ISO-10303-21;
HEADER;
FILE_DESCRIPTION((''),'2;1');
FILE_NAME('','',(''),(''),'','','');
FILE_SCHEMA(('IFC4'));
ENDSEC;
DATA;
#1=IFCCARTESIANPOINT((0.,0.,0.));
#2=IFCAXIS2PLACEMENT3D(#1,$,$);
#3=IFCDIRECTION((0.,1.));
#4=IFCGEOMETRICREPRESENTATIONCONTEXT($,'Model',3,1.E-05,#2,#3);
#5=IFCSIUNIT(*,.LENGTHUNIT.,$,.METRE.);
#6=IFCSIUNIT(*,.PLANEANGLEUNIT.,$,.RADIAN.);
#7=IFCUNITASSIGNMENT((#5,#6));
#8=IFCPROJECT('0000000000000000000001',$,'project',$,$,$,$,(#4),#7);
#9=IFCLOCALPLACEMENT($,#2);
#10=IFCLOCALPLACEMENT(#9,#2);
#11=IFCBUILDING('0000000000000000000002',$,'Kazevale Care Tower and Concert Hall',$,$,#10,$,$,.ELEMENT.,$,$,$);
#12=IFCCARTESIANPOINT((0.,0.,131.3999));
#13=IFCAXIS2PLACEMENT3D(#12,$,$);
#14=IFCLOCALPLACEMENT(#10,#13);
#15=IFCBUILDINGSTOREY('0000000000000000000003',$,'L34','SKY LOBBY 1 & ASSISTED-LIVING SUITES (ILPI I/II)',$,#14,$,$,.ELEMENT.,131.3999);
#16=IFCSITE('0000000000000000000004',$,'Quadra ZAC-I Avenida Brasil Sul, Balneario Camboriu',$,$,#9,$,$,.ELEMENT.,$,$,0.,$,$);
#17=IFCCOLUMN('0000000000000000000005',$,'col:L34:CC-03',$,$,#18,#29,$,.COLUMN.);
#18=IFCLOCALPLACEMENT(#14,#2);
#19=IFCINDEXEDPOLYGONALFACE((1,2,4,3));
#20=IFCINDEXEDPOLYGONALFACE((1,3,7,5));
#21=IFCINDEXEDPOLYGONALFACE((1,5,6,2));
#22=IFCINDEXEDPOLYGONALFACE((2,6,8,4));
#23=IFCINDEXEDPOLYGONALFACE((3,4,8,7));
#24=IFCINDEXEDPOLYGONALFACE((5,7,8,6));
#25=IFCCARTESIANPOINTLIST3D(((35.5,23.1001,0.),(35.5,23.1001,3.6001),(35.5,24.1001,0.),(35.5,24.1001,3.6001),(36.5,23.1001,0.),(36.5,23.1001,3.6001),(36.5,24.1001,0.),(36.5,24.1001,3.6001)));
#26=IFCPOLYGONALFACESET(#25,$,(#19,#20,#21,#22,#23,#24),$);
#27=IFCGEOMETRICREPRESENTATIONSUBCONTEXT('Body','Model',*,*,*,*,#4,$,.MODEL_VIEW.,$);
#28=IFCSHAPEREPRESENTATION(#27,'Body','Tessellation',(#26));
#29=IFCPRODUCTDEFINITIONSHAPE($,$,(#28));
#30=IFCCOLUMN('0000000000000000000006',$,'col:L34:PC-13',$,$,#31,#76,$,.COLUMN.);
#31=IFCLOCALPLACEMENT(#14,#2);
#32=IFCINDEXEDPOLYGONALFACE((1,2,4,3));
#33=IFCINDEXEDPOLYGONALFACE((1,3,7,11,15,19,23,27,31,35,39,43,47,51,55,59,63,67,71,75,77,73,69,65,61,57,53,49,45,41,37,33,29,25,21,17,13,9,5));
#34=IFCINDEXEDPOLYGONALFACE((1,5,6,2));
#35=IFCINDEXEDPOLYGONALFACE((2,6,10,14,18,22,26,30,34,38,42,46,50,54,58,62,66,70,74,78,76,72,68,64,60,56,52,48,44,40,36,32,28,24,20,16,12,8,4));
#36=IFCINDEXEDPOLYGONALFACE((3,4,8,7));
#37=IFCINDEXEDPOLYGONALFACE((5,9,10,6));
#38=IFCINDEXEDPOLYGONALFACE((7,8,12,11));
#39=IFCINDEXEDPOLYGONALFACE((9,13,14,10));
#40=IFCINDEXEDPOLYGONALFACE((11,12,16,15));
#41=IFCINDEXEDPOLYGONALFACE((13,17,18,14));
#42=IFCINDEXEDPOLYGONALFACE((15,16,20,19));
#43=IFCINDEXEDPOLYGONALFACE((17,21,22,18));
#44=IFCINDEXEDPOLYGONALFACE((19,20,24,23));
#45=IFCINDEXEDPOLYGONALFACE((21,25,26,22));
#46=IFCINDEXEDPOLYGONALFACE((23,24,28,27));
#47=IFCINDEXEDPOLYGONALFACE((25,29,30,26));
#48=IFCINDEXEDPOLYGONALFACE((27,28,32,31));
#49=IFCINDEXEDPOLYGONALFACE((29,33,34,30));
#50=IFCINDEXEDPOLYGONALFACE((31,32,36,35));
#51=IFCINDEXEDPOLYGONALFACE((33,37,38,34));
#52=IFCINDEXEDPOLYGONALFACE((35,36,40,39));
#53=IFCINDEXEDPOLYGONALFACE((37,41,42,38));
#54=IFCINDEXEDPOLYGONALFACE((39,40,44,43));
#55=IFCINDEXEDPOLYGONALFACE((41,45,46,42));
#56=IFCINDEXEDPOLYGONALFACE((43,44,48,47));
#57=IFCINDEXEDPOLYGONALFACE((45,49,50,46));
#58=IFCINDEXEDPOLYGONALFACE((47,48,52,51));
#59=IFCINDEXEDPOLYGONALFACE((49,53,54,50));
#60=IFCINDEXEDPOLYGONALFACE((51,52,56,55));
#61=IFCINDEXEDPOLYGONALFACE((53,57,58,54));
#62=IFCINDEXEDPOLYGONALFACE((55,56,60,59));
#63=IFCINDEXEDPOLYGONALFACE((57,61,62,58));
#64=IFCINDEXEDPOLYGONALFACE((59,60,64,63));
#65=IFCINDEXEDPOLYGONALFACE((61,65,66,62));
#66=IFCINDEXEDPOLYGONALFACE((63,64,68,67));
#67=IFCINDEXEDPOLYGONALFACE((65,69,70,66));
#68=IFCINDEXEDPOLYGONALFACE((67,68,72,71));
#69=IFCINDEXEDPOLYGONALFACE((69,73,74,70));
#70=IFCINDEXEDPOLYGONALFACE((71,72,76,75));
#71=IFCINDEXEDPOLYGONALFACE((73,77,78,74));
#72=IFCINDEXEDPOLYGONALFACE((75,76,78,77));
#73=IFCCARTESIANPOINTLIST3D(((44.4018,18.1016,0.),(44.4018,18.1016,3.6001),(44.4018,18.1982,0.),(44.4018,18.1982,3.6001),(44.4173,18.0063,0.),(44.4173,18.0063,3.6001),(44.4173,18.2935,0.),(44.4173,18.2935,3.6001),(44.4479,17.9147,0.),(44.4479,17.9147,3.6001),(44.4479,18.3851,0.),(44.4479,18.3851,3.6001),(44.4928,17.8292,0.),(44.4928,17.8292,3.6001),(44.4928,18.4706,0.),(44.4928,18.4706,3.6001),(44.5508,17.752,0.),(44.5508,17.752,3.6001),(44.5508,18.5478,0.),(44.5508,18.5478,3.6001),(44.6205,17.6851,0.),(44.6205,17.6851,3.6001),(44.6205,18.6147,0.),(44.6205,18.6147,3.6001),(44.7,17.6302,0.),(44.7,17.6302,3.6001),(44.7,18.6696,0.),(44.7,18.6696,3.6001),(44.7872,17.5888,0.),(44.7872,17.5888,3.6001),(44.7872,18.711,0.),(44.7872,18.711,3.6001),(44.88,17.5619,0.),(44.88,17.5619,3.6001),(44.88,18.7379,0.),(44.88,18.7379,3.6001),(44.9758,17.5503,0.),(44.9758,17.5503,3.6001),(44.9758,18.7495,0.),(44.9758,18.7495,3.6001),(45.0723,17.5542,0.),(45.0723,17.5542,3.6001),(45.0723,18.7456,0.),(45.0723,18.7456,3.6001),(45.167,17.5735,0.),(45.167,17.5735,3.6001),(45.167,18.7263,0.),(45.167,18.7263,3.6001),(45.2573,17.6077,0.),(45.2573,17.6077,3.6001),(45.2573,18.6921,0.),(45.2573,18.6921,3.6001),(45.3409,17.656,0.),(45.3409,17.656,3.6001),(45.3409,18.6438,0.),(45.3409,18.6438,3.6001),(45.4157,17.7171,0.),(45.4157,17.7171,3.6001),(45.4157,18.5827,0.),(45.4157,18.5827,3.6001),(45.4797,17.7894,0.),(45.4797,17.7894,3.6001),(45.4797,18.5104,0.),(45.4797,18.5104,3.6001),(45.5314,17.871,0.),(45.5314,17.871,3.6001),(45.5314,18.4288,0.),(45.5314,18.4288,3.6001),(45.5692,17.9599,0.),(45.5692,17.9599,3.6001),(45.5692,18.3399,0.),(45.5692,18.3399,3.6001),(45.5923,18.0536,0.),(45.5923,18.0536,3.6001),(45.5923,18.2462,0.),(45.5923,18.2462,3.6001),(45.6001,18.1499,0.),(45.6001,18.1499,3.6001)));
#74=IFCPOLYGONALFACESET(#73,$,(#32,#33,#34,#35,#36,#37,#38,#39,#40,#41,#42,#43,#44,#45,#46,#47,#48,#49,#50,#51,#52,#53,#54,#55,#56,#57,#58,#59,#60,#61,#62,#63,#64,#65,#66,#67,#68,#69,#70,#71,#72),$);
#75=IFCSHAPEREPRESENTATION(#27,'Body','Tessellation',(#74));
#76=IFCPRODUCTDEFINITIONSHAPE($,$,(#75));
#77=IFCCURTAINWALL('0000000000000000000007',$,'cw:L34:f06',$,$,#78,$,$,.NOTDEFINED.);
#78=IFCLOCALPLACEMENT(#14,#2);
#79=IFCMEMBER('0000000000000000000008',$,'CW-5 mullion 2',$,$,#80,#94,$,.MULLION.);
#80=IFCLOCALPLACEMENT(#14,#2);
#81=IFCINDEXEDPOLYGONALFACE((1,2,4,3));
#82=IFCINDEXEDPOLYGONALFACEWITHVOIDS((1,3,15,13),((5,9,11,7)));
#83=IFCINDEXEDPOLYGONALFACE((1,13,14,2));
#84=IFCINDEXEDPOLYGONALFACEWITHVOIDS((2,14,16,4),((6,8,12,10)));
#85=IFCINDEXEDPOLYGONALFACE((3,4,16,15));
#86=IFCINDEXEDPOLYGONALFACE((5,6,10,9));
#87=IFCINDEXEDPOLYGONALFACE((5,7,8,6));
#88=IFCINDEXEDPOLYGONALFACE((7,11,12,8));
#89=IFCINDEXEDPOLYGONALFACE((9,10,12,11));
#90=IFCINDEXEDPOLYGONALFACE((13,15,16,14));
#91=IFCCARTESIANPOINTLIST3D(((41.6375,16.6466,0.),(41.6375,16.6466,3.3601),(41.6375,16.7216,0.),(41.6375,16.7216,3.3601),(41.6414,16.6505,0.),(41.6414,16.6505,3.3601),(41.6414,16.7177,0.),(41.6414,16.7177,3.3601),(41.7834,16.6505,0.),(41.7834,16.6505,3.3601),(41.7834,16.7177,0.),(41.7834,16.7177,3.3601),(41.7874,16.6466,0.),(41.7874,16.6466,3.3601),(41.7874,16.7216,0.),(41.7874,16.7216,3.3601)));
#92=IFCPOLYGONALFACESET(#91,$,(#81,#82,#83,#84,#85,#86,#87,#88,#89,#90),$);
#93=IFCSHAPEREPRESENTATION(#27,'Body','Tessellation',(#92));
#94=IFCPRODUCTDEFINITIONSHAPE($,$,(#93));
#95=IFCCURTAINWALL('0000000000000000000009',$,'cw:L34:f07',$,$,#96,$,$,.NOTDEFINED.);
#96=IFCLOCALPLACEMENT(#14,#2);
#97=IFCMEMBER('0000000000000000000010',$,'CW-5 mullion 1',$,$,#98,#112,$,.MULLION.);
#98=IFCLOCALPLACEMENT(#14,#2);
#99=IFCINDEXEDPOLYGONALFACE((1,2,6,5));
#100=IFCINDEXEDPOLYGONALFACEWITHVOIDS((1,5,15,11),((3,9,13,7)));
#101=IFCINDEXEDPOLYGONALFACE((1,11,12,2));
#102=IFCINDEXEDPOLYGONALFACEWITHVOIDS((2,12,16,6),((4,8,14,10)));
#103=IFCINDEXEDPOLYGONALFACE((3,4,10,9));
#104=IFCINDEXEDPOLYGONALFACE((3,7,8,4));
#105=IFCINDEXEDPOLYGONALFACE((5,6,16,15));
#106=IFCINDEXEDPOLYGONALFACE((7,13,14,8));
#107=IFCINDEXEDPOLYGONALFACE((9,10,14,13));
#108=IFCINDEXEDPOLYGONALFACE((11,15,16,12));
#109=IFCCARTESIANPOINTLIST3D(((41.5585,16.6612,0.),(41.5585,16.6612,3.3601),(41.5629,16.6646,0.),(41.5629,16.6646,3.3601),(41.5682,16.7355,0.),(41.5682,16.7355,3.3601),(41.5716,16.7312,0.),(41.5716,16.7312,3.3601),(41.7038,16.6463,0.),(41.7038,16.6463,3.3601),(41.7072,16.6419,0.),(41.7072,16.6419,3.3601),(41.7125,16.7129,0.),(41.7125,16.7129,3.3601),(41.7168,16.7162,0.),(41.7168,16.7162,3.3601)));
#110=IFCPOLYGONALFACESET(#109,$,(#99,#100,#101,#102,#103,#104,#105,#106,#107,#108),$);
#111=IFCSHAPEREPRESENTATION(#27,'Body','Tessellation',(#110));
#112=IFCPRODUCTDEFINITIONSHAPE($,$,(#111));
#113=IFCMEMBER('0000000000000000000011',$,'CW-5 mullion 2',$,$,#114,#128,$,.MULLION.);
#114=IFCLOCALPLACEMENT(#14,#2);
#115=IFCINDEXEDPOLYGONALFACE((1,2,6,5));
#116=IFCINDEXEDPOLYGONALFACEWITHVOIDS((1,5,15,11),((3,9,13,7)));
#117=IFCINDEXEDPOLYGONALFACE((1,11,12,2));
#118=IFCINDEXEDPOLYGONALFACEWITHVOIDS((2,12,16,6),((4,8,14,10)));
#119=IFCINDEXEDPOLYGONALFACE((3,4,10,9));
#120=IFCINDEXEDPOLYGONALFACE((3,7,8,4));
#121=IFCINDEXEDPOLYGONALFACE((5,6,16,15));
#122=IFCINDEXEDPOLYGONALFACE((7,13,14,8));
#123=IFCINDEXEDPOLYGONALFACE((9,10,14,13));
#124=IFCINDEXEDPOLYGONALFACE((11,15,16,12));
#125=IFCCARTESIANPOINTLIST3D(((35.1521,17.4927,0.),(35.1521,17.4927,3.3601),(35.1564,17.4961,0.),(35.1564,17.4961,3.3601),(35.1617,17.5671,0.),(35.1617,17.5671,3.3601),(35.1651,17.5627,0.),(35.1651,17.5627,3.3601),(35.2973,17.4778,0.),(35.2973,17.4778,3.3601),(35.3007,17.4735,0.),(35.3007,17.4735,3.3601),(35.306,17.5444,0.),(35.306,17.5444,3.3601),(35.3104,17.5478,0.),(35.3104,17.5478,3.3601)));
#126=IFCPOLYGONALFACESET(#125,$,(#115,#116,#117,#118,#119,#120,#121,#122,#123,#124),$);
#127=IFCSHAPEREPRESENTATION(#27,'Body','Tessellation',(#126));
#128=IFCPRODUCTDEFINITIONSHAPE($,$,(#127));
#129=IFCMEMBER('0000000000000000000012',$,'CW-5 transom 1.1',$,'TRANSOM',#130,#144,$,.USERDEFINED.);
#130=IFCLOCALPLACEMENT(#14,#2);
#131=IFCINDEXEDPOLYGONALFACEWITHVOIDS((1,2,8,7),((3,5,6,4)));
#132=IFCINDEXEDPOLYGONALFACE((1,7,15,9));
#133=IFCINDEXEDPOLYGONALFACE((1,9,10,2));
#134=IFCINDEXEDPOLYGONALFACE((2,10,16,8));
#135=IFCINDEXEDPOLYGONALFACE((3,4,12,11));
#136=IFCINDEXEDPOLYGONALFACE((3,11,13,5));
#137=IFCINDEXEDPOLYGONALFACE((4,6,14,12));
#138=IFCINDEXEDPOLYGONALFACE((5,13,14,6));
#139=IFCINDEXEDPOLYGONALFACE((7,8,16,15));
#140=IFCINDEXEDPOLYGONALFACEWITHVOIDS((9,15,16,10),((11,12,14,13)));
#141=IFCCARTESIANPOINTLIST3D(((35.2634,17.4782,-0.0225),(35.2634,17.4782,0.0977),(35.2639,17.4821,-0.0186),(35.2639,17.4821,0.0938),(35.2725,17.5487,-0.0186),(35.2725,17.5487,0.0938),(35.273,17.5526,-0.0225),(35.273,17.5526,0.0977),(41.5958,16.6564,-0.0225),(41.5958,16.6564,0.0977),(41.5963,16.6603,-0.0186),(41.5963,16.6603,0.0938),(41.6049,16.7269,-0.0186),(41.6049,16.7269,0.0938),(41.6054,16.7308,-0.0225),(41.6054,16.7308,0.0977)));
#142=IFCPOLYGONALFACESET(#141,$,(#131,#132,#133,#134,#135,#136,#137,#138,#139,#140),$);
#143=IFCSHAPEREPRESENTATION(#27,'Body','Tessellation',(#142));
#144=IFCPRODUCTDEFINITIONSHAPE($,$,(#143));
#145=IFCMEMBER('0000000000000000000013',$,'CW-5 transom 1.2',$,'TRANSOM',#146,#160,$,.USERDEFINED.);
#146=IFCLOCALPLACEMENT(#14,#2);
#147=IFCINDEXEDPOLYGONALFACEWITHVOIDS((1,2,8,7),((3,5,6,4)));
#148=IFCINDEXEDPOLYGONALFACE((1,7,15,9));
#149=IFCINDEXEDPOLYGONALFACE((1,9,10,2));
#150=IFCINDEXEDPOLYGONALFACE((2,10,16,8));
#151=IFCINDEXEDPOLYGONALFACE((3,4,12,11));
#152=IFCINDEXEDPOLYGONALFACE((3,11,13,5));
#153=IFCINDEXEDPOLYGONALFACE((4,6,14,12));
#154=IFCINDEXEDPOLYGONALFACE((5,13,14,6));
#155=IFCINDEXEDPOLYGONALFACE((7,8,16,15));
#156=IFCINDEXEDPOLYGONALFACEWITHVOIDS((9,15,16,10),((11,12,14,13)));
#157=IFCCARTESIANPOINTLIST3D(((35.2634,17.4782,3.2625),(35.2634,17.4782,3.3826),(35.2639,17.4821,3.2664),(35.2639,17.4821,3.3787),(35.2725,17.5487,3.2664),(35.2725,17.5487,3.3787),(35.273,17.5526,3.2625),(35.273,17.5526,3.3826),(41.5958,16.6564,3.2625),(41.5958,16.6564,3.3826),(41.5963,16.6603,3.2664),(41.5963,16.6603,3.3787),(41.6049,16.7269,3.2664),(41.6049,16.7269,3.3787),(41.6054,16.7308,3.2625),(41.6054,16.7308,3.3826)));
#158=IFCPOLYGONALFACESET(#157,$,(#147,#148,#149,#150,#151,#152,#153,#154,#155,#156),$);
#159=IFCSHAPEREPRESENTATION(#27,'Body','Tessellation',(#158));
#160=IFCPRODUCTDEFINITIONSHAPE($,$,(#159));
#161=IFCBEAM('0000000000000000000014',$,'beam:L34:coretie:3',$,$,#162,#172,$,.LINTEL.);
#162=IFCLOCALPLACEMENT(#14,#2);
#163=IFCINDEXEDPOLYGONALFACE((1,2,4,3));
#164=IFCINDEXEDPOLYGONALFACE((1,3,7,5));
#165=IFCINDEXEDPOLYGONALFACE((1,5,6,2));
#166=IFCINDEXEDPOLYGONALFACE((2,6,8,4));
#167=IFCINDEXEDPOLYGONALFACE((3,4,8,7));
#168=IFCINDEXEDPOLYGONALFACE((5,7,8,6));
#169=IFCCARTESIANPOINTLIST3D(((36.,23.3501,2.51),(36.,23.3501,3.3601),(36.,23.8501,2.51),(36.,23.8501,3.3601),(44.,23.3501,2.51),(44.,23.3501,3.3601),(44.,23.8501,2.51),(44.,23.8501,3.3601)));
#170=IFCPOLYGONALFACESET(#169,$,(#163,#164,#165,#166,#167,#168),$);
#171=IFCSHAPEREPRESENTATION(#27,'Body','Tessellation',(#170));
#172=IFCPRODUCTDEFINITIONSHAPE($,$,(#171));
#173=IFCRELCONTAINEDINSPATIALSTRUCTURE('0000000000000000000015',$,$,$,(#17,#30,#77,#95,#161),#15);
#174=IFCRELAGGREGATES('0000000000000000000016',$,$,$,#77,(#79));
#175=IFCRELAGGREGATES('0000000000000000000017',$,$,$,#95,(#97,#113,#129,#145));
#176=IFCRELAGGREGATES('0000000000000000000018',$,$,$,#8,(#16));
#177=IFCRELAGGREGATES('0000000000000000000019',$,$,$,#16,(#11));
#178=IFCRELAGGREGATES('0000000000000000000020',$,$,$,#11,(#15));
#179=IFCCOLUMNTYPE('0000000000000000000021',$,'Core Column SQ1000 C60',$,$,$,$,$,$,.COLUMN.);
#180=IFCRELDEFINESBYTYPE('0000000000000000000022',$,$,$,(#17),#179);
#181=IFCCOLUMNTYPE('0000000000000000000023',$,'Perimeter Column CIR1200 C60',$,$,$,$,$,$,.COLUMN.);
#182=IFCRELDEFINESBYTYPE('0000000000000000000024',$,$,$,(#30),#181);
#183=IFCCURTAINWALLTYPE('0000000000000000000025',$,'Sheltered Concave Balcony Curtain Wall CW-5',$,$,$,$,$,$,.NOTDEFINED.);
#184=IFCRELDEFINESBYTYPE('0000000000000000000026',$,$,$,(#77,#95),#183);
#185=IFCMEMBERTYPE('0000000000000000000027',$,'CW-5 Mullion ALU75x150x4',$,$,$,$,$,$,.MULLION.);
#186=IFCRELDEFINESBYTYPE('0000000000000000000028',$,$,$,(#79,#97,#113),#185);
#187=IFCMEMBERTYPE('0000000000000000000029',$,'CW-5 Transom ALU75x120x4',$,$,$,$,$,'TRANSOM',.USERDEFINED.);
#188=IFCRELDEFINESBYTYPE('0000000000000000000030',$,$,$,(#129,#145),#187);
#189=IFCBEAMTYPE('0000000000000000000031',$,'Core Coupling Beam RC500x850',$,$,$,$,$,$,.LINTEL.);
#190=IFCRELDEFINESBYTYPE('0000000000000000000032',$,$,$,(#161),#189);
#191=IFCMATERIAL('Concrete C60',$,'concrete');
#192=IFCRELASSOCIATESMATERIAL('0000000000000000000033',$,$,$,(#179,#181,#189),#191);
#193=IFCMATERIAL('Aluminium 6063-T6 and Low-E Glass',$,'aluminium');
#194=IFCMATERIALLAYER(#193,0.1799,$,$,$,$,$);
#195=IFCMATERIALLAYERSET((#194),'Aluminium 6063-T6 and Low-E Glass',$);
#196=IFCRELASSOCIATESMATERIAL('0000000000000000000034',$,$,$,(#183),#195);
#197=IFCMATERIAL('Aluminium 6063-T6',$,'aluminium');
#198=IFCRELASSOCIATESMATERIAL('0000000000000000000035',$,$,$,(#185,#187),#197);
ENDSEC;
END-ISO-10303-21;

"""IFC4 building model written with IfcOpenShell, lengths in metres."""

from ifc_helpers import new_model, si_unit, direction, frame, origin, origin_2d, place, context, subcontext, project, spatial, rectangle, hollow_rectangle, circle, extrude, material, layer, layer_set, material_profile, profile_set, type_object, element, aggregate, save


model = new_model("IFC4")

# Units and contexts
model_context = context("Model", 3, precision=1e-05, world=origin(), true_north=direction((0.0, 1.0)))
body_context = subcontext(model_context, "Body", "Model", "MODEL_VIEW")
ifc_project = project(units=[si_unit("LENGTHUNIT", "METRE"), si_unit("PLANEANGLEUNIT", "RADIAN")], contexts=[model_context])

# Site, building, storey
site_placement = place(None, origin())
site = spatial("IfcSite", under=ifc_project, at=site_placement, Name="Quadra ZAC-I Avenida Brasil Sul, Balneario Camboriu", CompositionType="ELEMENT", RefElevation=0.0)
building_placement = place(site_placement, origin())
building = spatial("IfcBuilding", under=site, at=building_placement, Name="Kazevale Care Tower and Concert Hall", CompositionType="ELEMENT")
storey_placement = place(building_placement, frame((0.0, 0.0, 131.3999)))
storey = spatial("IfcBuildingStorey", under=building, at=storey_placement, Name="L34", Description="SKY LOBBY 1 & ASSISTED-LIVING SUITES (ILPI I/II)", CompositionType="ELEMENT", Elevation=131.3999)

# Columns
ifc_material_1 = material(Name="Concrete C60", Category="concrete")
ifc_material_profile_1 = material_profile(ifc_material_1, rectangle(XDim=1.0, YDim=1.0, at=origin_2d()), Name="RC-SQ1000")
ifc_profile_set_1 = profile_set([ifc_material_profile_1], Name="Concrete C60")
column_type_1 = type_object("IfcColumnType", Name="Core Column SQ1000 C60", PredefinedType="COLUMN", material=ifc_profile_set_1)
column_1_placement = place(storey_placement, frame((36.0, 23.6001, 0.0), z_axis=(0.0, 0.0, 1.0), x_axis=(1.0, 0.0, 0.0)))
element("IfcColumn", 1, at=column_1_placement, inside=storey, type_object=column_type_1, Name="col:L34:CC-03", PredefinedType="COLUMN", context=body_context, shape_type="SweptSolid", body=[
    extrude(rectangle(XDim=1.0, YDim=1.0, at=origin_2d()), origin(), (0.0, 0.0, 1.0), 3.6001),
])
ifc_material_profile_2 = material_profile(ifc_material_1, circle(Radius=0.6001, at=origin_2d()), Name="RC-CIR1200")
ifc_profile_set_2 = profile_set([ifc_material_profile_2], Name="Concrete C60")
column_type_2 = type_object("IfcColumnType", Name="Perimeter Column CIR1200 C60", PredefinedType="COLUMN", material=ifc_profile_set_2)
column_2_placement = place(storey_placement, frame((45.0, 18.1499, 0.0), z_axis=(0.0, 0.0, 1.0), x_axis=(1.0, 0.0, 0.0)))
element("IfcColumn", 2, at=column_2_placement, inside=storey, type_object=column_type_2, Name="col:L34:PC-13", PredefinedType="COLUMN", context=body_context, shape_type="SweptSolid", body=[
    extrude(circle(Radius=0.6001, at=origin_2d()), origin(), (0.0, 0.0, 1.0), 3.6001),
])

# Curtain wall, member
ifc_material_2 = material(Name="Aluminium 6063-T6 and Low-E Glass", Category="aluminium")
ifc_layer_1 = layer(ifc_material_2, 0.1799)
ifc_layer_set_1 = layer_set([ifc_layer_1], Name="Aluminium 6063-T6 and Low-E Glass")
curtain_wall_type = type_object("IfcCurtainWallType", Name="Sheltered Concave Balcony Curtain Wall CW-5", PredefinedType="NOTDEFINED", material=ifc_layer_set_1)
curtain_wall_1_placement = place(storey_placement, origin())
curtain_wall_1 = element("IfcCurtainWall", 3, at=curtain_wall_1_placement, inside=storey, type_object=curtain_wall_type, Name="cw:L34:f06", PredefinedType="NOTDEFINED")
ifc_material_3 = material(Name="Aluminium 6063-T6", Category="aluminium")
ifc_material_profile_3 = material_profile(ifc_material_3, hollow_rectangle(XDim=0.075, YDim=0.1499, WallThickness=0.0039, at=origin_2d()), Name="ALU75x150x4")
ifc_profile_set_3 = profile_set([ifc_material_profile_3], Name="Aluminium 6063-T6")
member_type_1 = type_object("IfcMemberType", Name="CW-5 Mullion ALU75x150x4", PredefinedType="MULLION", material=ifc_profile_set_3)
member_1_placement = place(storey_placement, frame((41.7124, 16.6841, 0.0), z_axis=(0.0, 0.0, 1.0), x_axis=(0.0, -1.0, 0.0)))
member_1 = element("IfcMember", 4, at=member_1_placement, type_object=member_type_1, Name="CW-5 mullion 2", PredefinedType="MULLION", context=body_context, shape_type="SweptSolid", body=[
    extrude(hollow_rectangle(XDim=0.075, YDim=0.1499, WallThickness=0.0039, at=origin_2d()), origin(), (0.0, 0.0, 1.0), 3.3601),
])

# Curtain wall, members
curtain_wall_2_placement = place(storey_placement, origin())
curtain_wall_2 = element("IfcCurtainWall", 5, at=curtain_wall_2_placement, inside=storey, type_object=curtain_wall_type, Name="cw:L34:f07", PredefinedType="NOTDEFINED")
member_2_placement = place(storey_placement, frame((41.6377, 16.6887, 0.0), z_axis=(0.0, 0.0, 1.0), x_axis=(-0.128685, -0.991686, 0.0)))
member_2 = element("IfcMember", 6, at=member_2_placement, type_object=member_type_1, Name="CW-5 mullion 1", PredefinedType="MULLION", context=body_context, shape_type="SweptSolid", body=[
    extrude(hollow_rectangle(XDim=0.075, YDim=0.1499, WallThickness=0.0039, at=origin_2d()), origin(), (0.0, 0.0, 1.0), 3.3601),
])
member_3_placement = place(storey_placement, frame((35.2312, 17.5203, 0.0), z_axis=(0.0, 0.0, 1.0), x_axis=(-0.128685, -0.991686, 0.0)))
member_3 = element("IfcMember", 7, at=member_3_placement, type_object=member_type_1, Name="CW-5 mullion 2", PredefinedType="MULLION", context=body_context, shape_type="SweptSolid", body=[
    extrude(hollow_rectangle(XDim=0.075, YDim=0.1499, WallThickness=0.0039, at=origin_2d()), origin(), (0.0, 0.0, 1.0), 3.3601),
])
ifc_material_profile_4 = material_profile(ifc_material_3, hollow_rectangle(XDim=0.075, YDim=0.1201, WallThickness=0.0039, at=origin_2d()), Name="ALU75x120x4")
ifc_profile_set_4 = profile_set([ifc_material_profile_4], Name="Aluminium 6063-T6")
member_type_2 = type_object("IfcMemberType", Name="CW-5 Transom ALU75x120x4", ElementType="TRANSOM", PredefinedType="USERDEFINED", material=ifc_profile_set_4)
member_4_placement = place(storey_placement, frame((41.6006, 16.6936, 0.0376), z_axis=(-0.991684, 0.128697, 0.0), x_axis=(-0.128697, -0.991684, 0.0)))
member_4 = element("IfcMember", 8, at=member_4_placement, type_object=member_type_2, Name="CW-5 transom 1.1", ObjectType="TRANSOM", PredefinedType="USERDEFINED", context=body_context, shape_type="SweptSolid", body=[
    extrude(hollow_rectangle(XDim=0.075, YDim=0.1201, WallThickness=0.0039, at=origin_2d()), origin(), (0.0, 0.0, 1.0), 6.3855),
])
member_5_placement = place(storey_placement, frame((41.6006, 16.6936, 3.3225), z_axis=(-0.991684, 0.128697, 0.0), x_axis=(-0.128697, -0.991684, 0.0)))
member_5 = element("IfcMember", 9, at=member_5_placement, type_object=member_type_2, Name="CW-5 transom 1.2", ObjectType="TRANSOM", PredefinedType="USERDEFINED", context=body_context, shape_type="SweptSolid", body=[
    extrude(hollow_rectangle(XDim=0.075, YDim=0.1201, WallThickness=0.0039, at=origin_2d()), origin(), (0.0, 0.0, 1.0), 6.3855),
])

# Beam
ifc_material_profile_5 = material_profile(ifc_material_1, rectangle(XDim=0.5, YDim=0.8501, at=origin_2d()), Name="RC-B500x850")
ifc_profile_set_5 = profile_set([ifc_material_profile_5], Name="Concrete C60")
beam_type_1 = type_object("IfcBeamType", Name="Core Coupling Beam RC500x850", PredefinedType="LINTEL", material=ifc_profile_set_5)
beam_1_placement = place(storey_placement, frame((36.0, 23.6001, 2.9351), z_axis=(1.0, 0.0, 0.0), x_axis=(0.0, 1.0, 0.0)))
element("IfcBeam", 10, at=beam_1_placement, inside=storey, type_object=beam_type_1, Name="beam:L34:coretie:3", PredefinedType="LINTEL", context=body_context, shape_type="SweptSolid", body=[
    extrude(rectangle(XDim=0.5, YDim=0.8501, at=origin_2d()), origin(), (0.0, 0.0, 1.0), 8.0),
])

aggregate(curtain_wall_1, [member_1])
aggregate(curtain_wall_2, [member_2, member_3, member_4, member_5])

save(model, "model.ifc")
